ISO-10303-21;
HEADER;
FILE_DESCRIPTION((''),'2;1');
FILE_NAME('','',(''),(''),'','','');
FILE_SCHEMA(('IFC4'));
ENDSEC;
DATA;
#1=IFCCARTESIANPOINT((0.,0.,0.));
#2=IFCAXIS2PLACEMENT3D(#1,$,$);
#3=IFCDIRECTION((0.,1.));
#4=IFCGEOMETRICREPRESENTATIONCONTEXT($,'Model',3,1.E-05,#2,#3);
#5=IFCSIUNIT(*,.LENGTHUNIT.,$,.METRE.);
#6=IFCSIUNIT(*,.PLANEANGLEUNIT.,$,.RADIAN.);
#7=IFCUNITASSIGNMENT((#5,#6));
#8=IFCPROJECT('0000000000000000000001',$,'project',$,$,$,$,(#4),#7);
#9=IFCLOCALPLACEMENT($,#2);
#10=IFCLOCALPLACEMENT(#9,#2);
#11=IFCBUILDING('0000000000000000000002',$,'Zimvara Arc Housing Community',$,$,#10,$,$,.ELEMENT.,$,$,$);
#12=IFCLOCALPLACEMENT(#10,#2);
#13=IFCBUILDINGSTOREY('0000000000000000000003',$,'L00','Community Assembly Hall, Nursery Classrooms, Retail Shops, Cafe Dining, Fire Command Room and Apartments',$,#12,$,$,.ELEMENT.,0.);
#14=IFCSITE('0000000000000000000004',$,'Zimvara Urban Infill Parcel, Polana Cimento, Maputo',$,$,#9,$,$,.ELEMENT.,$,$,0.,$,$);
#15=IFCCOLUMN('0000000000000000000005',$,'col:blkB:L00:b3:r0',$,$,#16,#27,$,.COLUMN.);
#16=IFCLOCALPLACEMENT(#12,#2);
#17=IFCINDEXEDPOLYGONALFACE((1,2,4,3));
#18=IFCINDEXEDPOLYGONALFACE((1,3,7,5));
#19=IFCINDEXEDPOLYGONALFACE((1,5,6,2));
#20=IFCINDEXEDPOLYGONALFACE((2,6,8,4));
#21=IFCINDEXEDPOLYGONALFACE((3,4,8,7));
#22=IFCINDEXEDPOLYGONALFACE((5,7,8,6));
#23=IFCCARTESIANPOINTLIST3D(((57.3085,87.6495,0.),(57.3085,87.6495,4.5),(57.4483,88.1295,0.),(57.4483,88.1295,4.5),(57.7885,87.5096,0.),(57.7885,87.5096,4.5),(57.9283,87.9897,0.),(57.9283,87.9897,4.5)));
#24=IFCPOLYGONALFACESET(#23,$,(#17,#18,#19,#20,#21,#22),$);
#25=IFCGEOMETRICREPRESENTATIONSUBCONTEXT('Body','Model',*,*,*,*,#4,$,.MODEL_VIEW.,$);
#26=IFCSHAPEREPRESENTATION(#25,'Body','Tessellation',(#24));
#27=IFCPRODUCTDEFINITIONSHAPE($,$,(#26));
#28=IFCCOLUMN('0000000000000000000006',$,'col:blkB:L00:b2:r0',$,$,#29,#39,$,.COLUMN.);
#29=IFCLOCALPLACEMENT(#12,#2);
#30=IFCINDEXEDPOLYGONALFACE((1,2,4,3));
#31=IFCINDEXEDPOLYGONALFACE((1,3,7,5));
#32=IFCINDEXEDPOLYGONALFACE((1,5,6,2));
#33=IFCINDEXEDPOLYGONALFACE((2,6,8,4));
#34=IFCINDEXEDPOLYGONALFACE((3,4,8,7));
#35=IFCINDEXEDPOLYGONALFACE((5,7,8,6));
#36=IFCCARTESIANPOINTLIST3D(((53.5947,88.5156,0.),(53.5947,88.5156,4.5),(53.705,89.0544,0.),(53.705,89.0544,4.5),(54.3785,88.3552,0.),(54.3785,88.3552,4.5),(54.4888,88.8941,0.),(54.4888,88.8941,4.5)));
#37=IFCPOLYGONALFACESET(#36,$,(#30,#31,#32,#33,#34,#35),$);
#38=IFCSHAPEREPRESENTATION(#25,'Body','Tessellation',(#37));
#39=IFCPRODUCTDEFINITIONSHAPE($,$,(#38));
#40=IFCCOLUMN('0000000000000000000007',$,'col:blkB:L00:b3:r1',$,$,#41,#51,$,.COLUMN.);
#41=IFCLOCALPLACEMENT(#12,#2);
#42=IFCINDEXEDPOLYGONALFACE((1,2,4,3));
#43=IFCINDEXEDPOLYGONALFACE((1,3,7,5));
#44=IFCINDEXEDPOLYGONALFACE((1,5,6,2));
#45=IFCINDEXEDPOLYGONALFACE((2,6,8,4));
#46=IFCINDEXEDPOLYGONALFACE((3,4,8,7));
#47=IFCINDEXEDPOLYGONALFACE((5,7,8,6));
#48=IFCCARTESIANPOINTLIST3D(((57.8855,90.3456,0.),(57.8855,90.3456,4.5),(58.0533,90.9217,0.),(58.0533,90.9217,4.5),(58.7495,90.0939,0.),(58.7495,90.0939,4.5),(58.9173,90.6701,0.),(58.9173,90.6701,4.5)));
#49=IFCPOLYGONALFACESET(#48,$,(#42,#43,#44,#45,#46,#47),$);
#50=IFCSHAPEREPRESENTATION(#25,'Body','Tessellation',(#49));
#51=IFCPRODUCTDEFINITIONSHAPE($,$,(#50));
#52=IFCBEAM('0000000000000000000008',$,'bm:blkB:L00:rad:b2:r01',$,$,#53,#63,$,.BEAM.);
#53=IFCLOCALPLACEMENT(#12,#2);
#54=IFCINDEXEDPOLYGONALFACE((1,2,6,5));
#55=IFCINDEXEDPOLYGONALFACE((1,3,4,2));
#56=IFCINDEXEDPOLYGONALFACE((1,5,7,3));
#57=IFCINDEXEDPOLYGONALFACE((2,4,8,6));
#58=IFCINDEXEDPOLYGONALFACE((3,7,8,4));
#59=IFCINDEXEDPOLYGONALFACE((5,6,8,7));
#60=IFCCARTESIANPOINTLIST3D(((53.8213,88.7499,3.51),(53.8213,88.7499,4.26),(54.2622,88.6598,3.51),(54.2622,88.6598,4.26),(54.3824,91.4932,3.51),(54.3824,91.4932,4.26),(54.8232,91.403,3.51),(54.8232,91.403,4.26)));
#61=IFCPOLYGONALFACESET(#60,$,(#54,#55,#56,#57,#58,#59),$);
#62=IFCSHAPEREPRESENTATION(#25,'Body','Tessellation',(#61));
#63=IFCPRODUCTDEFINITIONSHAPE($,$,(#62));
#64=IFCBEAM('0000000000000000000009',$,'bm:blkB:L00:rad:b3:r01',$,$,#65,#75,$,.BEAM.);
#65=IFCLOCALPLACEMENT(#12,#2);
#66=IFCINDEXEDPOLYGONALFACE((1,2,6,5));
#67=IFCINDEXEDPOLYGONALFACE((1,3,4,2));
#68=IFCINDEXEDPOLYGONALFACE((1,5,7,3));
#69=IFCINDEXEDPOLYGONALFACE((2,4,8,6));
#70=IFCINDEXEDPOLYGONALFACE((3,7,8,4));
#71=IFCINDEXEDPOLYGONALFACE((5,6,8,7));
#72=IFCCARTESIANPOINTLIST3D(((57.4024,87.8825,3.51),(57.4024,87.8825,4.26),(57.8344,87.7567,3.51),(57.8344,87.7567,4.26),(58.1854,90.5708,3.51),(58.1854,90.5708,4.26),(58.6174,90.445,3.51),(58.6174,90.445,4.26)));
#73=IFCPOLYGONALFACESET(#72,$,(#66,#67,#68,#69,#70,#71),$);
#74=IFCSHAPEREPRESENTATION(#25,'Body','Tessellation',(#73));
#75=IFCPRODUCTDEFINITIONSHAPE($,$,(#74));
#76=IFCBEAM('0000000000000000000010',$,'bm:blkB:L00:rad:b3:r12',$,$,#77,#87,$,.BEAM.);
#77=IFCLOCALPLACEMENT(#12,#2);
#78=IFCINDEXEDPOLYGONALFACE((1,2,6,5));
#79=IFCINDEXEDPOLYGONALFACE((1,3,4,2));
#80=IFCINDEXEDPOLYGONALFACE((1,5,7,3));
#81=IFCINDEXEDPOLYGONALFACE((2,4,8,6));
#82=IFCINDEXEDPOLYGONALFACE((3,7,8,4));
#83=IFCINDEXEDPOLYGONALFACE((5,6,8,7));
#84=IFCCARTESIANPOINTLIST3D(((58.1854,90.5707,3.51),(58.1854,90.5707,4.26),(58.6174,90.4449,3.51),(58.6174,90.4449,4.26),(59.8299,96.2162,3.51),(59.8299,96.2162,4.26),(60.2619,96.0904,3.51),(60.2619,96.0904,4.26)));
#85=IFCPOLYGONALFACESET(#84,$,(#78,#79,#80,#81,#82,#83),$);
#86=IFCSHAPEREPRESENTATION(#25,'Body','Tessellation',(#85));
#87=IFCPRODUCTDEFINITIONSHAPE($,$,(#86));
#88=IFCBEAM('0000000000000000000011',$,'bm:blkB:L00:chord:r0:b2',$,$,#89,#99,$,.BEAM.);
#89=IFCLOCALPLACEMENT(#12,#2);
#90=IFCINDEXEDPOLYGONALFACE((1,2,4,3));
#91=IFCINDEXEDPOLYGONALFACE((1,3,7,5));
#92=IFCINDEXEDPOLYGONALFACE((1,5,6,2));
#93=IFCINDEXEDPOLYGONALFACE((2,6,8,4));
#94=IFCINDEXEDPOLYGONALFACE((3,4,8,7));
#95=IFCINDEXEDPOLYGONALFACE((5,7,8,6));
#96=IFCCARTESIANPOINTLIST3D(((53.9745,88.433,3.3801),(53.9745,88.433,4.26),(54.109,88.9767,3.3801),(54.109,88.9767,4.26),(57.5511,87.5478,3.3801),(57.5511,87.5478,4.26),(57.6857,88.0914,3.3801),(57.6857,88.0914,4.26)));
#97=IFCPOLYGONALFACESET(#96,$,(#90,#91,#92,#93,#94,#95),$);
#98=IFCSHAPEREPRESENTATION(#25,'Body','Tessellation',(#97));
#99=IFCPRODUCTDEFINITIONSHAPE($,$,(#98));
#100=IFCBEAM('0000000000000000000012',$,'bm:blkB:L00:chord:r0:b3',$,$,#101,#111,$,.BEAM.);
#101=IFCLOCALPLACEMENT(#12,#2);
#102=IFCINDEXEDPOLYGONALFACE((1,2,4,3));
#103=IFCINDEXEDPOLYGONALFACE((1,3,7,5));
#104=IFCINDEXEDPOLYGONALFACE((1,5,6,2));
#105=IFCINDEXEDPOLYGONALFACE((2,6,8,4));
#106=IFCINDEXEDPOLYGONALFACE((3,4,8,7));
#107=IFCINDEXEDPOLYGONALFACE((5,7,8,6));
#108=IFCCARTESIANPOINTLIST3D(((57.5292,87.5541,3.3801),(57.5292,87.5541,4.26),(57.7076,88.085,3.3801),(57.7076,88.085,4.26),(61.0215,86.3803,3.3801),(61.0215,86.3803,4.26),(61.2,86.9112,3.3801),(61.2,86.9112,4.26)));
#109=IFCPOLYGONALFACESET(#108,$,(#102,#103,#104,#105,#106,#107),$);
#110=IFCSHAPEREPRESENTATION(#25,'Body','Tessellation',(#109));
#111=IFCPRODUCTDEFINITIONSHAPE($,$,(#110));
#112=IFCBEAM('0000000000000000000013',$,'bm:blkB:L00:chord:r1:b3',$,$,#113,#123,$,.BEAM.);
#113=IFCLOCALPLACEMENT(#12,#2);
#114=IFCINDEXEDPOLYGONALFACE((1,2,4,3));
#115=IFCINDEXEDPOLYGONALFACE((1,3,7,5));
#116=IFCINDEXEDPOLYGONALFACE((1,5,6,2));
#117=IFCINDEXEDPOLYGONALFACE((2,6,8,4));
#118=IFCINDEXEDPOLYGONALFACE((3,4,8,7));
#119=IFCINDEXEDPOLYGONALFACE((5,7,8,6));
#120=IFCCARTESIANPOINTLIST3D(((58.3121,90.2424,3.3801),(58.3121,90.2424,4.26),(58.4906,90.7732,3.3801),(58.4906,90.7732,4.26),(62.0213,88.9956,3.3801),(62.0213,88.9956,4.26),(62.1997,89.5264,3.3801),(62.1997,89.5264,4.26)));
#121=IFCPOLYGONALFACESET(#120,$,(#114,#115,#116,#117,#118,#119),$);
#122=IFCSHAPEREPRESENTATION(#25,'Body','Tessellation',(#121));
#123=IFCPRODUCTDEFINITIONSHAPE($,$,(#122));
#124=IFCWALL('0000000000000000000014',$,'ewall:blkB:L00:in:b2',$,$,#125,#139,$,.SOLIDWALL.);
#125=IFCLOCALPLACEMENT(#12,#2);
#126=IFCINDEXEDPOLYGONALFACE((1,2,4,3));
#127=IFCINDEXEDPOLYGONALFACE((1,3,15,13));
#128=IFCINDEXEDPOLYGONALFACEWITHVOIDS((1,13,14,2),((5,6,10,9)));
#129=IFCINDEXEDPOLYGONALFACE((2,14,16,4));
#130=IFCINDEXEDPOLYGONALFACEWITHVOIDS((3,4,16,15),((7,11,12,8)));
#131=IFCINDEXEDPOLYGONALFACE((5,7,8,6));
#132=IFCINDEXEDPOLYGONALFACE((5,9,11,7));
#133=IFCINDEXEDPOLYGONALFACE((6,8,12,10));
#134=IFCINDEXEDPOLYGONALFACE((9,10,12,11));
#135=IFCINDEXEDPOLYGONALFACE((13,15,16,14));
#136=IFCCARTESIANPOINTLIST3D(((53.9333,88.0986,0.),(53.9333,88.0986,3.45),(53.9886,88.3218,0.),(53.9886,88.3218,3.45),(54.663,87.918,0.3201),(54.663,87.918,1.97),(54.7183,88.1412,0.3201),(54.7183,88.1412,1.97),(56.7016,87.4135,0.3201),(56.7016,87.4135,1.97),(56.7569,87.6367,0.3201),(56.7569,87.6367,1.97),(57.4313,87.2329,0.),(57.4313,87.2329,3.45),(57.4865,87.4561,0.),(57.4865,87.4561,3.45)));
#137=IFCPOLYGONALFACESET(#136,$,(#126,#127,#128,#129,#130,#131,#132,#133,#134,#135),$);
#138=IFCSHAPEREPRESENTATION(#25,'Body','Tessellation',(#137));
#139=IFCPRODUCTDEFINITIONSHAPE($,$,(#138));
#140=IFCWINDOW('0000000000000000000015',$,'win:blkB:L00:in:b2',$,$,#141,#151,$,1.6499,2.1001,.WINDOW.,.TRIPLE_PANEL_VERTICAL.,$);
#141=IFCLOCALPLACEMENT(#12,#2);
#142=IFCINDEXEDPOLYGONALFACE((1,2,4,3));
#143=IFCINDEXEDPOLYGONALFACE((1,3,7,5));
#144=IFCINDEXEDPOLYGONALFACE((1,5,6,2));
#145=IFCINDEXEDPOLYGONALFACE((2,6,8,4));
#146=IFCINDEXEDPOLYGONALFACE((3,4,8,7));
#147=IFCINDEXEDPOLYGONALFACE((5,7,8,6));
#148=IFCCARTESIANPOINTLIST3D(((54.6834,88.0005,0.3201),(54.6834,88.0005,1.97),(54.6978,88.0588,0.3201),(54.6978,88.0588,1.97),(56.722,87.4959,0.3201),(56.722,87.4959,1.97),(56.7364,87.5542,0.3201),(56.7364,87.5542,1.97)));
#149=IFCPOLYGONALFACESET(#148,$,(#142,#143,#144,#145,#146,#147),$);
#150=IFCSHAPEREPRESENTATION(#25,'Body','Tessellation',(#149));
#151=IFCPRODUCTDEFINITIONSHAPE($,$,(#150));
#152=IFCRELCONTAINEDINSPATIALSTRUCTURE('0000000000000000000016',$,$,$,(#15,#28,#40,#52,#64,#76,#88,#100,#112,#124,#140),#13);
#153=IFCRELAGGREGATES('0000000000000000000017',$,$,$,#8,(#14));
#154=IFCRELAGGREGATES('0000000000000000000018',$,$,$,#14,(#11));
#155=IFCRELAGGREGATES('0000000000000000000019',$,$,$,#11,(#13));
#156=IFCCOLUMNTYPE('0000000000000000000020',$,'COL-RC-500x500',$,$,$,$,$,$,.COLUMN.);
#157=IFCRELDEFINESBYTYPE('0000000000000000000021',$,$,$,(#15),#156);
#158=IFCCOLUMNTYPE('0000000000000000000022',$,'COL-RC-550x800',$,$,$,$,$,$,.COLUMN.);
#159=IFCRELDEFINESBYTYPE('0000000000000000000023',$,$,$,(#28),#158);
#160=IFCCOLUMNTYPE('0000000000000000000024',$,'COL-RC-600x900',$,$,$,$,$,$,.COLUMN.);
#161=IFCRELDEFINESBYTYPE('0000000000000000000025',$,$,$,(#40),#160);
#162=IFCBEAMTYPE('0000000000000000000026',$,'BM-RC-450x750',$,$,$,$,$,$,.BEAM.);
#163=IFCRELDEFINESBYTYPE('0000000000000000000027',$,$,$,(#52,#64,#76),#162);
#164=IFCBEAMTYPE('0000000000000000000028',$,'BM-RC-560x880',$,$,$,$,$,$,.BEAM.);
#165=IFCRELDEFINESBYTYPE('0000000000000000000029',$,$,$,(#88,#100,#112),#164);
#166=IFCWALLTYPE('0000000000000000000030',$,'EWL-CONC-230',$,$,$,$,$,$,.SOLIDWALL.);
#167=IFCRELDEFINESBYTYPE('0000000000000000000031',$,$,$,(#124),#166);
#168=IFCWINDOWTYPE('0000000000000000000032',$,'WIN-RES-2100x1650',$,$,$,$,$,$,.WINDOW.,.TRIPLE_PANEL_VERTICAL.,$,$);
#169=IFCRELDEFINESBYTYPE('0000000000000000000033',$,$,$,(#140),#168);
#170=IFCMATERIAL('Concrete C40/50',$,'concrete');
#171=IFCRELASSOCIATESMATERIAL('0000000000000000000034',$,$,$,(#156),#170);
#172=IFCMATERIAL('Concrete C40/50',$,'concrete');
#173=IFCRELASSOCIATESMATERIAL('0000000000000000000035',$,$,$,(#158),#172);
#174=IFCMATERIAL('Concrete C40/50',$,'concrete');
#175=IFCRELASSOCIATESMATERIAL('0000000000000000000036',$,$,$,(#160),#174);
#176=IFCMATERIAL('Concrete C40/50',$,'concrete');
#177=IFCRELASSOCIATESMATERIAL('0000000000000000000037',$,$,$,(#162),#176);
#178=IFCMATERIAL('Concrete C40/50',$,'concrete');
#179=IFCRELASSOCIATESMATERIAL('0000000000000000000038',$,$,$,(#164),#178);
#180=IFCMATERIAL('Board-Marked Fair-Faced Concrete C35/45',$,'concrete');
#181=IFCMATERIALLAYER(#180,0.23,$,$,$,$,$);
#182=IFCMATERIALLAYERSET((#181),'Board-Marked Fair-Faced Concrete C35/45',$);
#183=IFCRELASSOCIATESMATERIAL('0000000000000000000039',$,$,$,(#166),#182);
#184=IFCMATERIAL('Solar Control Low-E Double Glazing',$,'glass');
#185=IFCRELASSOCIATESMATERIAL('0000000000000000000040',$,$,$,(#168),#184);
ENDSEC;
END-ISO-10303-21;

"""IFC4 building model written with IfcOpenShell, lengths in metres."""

from ifc_helpers import new_model, si_unit, direction, frame, frame_2d, origin, origin_2d, place, context, subcontext, project, spatial, rectangle, extrude, material, layer, layer_set, material_profile, profile_set, type_object, element, fill, save


model = new_model("IFC4")

# Units and contexts
model_context = context("Model", 3, precision=1e-05, world=origin(), true_north=direction((0.0, 1.0)))
body_context = subcontext(model_context, "Body", "Model", "MODEL_VIEW")
ifc_project = project(units=[si_unit("LENGTHUNIT", "METRE"), si_unit("PLANEANGLEUNIT", "RADIAN")], contexts=[model_context])

# Site, building, storey
site_placement = place(None, origin())
site = spatial("IfcSite", under=ifc_project, at=site_placement, Name="Zimvara Urban Infill Parcel, Polana Cimento, Maputo", CompositionType="ELEMENT", RefElevation=0.0)
building_placement = place(site_placement, origin())
building = spatial("IfcBuilding", under=site, at=building_placement, Name="Zimvara Arc Housing Community", CompositionType="ELEMENT")
storey_placement = place(building_placement, origin())
storey = spatial("IfcBuildingStorey", under=building, at=storey_placement, Name="L00", Description="Community Assembly Hall, Nursery Classrooms, Retail Shops, Cafe Dining, Fire Command Room and Apartments", CompositionType="ELEMENT", Elevation=0.0)

# Columns
ifc_material_1 = material(Name="Concrete C40/50", Category="concrete")
ifc_material_profile_1 = material_profile(ifc_material_1, rectangle(XDim=0.5, YDim=0.5, at=origin_2d()), Name="RC 500x500")
ifc_profile_set_1 = profile_set([ifc_material_profile_1], Name="Concrete C40/50")
column_type_1 = type_object("IfcColumnType", Name="COL-RC-500x500", PredefinedType="COLUMN", material=ifc_profile_set_1)
column_1_placement = place(storey_placement, frame((57.6184, 87.8196, 0.0), z_axis=(0.0, 0.0, 1.0), x_axis=(0.279661, 0.960099, 0.0)))
element("IfcColumn", 1, at=column_1_placement, inside=storey, type_object=column_type_1, Name="col:blkB:L00:b3:r0", PredefinedType="COLUMN", context=body_context, shape_type="SweptSolid", body=[
    extrude(rectangle(XDim=0.5, YDim=0.5, at=origin_2d()), origin(), (0.0, 0.0, 1.0), 4.5),
])
ifc_material_2 = material(Name="Concrete C40/50", Category="concrete")
ifc_material_profile_2 = material_profile(ifc_material_2, rectangle(XDim=0.55, YDim=0.8, at=origin_2d()), Name="RC 550x800")
ifc_profile_set_2 = profile_set([ifc_material_profile_2], Name="Concrete C40/50")
column_type_2 = type_object("IfcColumnType", Name="COL-RC-550x800", PredefinedType="COLUMN", material=ifc_profile_set_2)
column_2_placement = place(storey_placement, frame((54.0417, 88.7048, 0.0), z_axis=(0.0, 0.0, 1.0), x_axis=(0.200394, 0.979715, 0.0)))
element("IfcColumn", 2, at=column_2_placement, inside=storey, type_object=column_type_2, Name="col:blkB:L00:b2:r0", PredefinedType="COLUMN", context=body_context, shape_type="SweptSolid", body=[
    extrude(rectangle(XDim=0.55, YDim=0.8, at=origin_2d()), origin(), (0.0, 0.0, 1.0), 4.5),
])
ifc_material_3 = material(Name="Concrete C40/50", Category="concrete")
ifc_material_profile_3 = material_profile(ifc_material_3, rectangle(XDim=0.6001, YDim=0.8999, at=origin_2d()), Name="RC 600x900")
ifc_profile_set_3 = profile_set([ifc_material_profile_3], Name="Concrete C40/50")
column_type_3 = type_object("IfcColumnType", Name="COL-RC-600x900", PredefinedType="COLUMN", material=ifc_profile_set_3)
column_3_placement = place(storey_placement, frame((58.4014, 90.5078, 0.0), z_axis=(0.0, 0.0, 1.0), x_axis=(0.279661, 0.960099, 0.0)))
element("IfcColumn", 3, at=column_3_placement, inside=storey, type_object=column_type_3, Name="col:blkB:L00:b3:r1", PredefinedType="COLUMN", context=body_context, shape_type="SweptSolid", body=[
    extrude(rectangle(XDim=0.6001, YDim=0.8999, at=origin_2d()), origin(), (0.0, 0.0, 1.0), 4.5),
])

# Beams
ifc_material_4 = material(Name="Concrete C40/50", Category="concrete")
ifc_material_profile_4 = material_profile(ifc_material_4, rectangle(XDim=0.45, YDim=0.75, at=origin_2d()), Name="RC 450x750")
ifc_profile_set_4 = profile_set([ifc_material_profile_4], Name="Concrete C40/50")
beam_type_1 = type_object("IfcBeamType", Name="BM-RC-450x750", PredefinedType="BEAM", material=ifc_profile_set_4)
for number, where, z_axis, x_axis, name in (
    (4, (54.0417, 88.7048, 3.885), (0.200373, 0.97972, 0.0), (-0.97972, 0.200373, 0.0), "bm:blkB:L00:rad:b2:r01"),
    (5, (57.6184, 87.8196, 3.885), (0.279635, 0.960106, 0.0), (-0.960106, 0.279635, 0.0), "bm:blkB:L00:rad:b3:r01"),
):
    element("IfcBeam", number, at=place(storey_placement, frame(where, z_axis=z_axis, x_axis=x_axis)), inside=storey, type_object=beam_type_1, Name=name, PredefinedType="BEAM", context=body_context, shape_type="SweptSolid", body=[
        extrude(rectangle(XDim=0.45, YDim=0.75, at=origin_2d()), origin(), (0.0, 0.0, 1.0), 2.8),
    ])
beam_1_placement = place(storey_placement, frame((58.4014, 90.5078, 3.885), z_axis=(0.279675, 0.960095, 0.0), x_axis=(-0.960095, 0.279675, 0.0)))
element("IfcBeam", 6, at=beam_1_placement, inside=storey, type_object=beam_type_1, Name="bm:blkB:L00:rad:b3:r12", PredefinedType="BEAM", context=body_context, shape_type="SweptSolid", body=[
    extrude(rectangle(XDim=0.45, YDim=0.75, at=origin_2d()), origin(), (0.0, 0.0, 1.0), 5.8801),
])
ifc_material_5 = material(Name="Concrete C40/50", Category="concrete")
ifc_material_profile_5 = material_profile(ifc_material_5, rectangle(XDim=0.5601, YDim=0.8799, at=origin_2d()), Name="RC 560x880")
ifc_profile_set_5 = profile_set([ifc_material_profile_5], Name="Concrete C40/50")
beam_type_2 = type_object("IfcBeamType", Name="BM-RC-560x880", PredefinedType="BEAM", material=ifc_profile_set_5)
beam_2_placement = place(storey_placement, frame((54.0417, 88.7048, 3.8201), z_axis=(0.970709, -0.240259, 0.0), x_axis=(0.240259, 0.970709, 0.0)))
element("IfcBeam", 7, at=beam_2_placement, inside=storey, type_object=beam_type_2, Name="bm:blkB:L00:chord:r0:b2", PredefinedType="BEAM", context=body_context, shape_type="SweptSolid", body=[
    extrude(rectangle(XDim=0.5601, YDim=0.8799, at=origin_2d()), origin(), (0.0, 0.0, 1.0), 3.6846),
])
beam_3_placement = place(storey_placement, frame((57.6184, 87.8196, 3.8201), z_axis=(0.947892, -0.318592, 0.0), x_axis=(0.318592, 0.947892, 0.0)))
element("IfcBeam", 8, at=beam_3_placement, inside=storey, type_object=beam_type_2, Name="bm:blkB:L00:chord:r0:b3", PredefinedType="BEAM", context=body_context, shape_type="SweptSolid", body=[
    extrude(rectangle(XDim=0.5601, YDim=0.8799, at=origin_2d()), origin(), (0.0, 0.0, 1.0), 3.6843),
])
beam_4_placement = place(storey_placement, frame((58.4014, 90.5078, 3.8201), z_axis=(0.947882, -0.318623, 0.0), x_axis=(0.318623, 0.947882, 0.0)))
element("IfcBeam", 9, at=beam_4_placement, inside=storey, type_object=beam_type_2, Name="bm:blkB:L00:chord:r1:b3", PredefinedType="BEAM", context=body_context, shape_type="SweptSolid", body=[
    extrude(rectangle(XDim=0.5601, YDim=0.8799, at=origin_2d()), origin(), (0.0, 0.0, 1.0), 3.9131),
])

# Wall, opening, window
ifc_material_6 = material(Name="Board-Marked Fair-Faced Concrete C35/45", Category="concrete")
ifc_layer = layer(ifc_material_6, 0.23)
ifc_layer_set = layer_set([ifc_layer], Name="Board-Marked Fair-Faced Concrete C35/45")
wall_type = type_object("IfcWallType", Name="EWL-CONC-230", PredefinedType="SOLIDWALL", material=ifc_layer_set)
wall_1_placement = place(storey_placement, frame((53.9609, 88.2102, 0.0), z_axis=(0.0, 0.0, 1.0), x_axis=(0.970714, -0.240239, 0.0)))
wall_1 = element("IfcWall", 10, at=wall_1_placement, inside=storey, type_object=wall_type, Name="ewall:blkB:L00:in:b2", PredefinedType="SOLIDWALL", context=body_context, shape_type="SweptSolid", body=[
    extrude(rectangle(XDim=3.6035, YDim=0.23, at=frame_2d((1.8018, 0.0))), origin(), (0.0, 0.0, 1.0), 3.45),
])
opening_1_placement = place(wall_1_placement, frame((0.7517, 0.0, 0.3201)))
opening_1 = element("IfcOpeningElement", 11, at=opening_1_placement, cuts=wall_1, PredefinedType="OPENING", context=body_context, shape_type="SweptSolid", body=[
    extrude(rectangle(XDim=2.1001, YDim=1.6499, at=frame_2d((1.05, 0.825))), frame((0.0, 0.125, 0.0), z_axis=(0.0, -1.0, 0.0), x_axis=(1.0, 0.0, 0.0)), (0.0, 0.0, 1.0), 0.25),
])
ifc_material_7 = material(Name="Solar Control Low-E Double Glazing", Category="glass")
window_type = type_object("IfcWindowType", Name="WIN-RES-2100x1650", PartitioningType="TRIPLE_PANEL_VERTICAL", PredefinedType="WINDOW", material=ifc_material_7)
window_1_placement = place(opening_1_placement, origin())
window_1 = element("IfcWindow", 12, at=window_1_placement, inside=storey, type_object=window_type, Name="win:blkB:L00:in:b2", OverallHeight=1.6499, OverallWidth=2.1001, PartitioningType="TRIPLE_PANEL_VERTICAL", PredefinedType="WINDOW", context=body_context, shape_type="SweptSolid", body=[
    extrude(rectangle(XDim=2.1001, YDim=1.6499, at=frame_2d((1.05, 0.825))), frame((0.0, 0.03, 0.0), z_axis=(0.0, -1.0, 0.0), x_axis=(1.0, 0.0, 0.0)), (0.0, 0.0, 1.0), 0.0601),
])
fill(opening_1, window_1)

save(model, "model.ifc")
